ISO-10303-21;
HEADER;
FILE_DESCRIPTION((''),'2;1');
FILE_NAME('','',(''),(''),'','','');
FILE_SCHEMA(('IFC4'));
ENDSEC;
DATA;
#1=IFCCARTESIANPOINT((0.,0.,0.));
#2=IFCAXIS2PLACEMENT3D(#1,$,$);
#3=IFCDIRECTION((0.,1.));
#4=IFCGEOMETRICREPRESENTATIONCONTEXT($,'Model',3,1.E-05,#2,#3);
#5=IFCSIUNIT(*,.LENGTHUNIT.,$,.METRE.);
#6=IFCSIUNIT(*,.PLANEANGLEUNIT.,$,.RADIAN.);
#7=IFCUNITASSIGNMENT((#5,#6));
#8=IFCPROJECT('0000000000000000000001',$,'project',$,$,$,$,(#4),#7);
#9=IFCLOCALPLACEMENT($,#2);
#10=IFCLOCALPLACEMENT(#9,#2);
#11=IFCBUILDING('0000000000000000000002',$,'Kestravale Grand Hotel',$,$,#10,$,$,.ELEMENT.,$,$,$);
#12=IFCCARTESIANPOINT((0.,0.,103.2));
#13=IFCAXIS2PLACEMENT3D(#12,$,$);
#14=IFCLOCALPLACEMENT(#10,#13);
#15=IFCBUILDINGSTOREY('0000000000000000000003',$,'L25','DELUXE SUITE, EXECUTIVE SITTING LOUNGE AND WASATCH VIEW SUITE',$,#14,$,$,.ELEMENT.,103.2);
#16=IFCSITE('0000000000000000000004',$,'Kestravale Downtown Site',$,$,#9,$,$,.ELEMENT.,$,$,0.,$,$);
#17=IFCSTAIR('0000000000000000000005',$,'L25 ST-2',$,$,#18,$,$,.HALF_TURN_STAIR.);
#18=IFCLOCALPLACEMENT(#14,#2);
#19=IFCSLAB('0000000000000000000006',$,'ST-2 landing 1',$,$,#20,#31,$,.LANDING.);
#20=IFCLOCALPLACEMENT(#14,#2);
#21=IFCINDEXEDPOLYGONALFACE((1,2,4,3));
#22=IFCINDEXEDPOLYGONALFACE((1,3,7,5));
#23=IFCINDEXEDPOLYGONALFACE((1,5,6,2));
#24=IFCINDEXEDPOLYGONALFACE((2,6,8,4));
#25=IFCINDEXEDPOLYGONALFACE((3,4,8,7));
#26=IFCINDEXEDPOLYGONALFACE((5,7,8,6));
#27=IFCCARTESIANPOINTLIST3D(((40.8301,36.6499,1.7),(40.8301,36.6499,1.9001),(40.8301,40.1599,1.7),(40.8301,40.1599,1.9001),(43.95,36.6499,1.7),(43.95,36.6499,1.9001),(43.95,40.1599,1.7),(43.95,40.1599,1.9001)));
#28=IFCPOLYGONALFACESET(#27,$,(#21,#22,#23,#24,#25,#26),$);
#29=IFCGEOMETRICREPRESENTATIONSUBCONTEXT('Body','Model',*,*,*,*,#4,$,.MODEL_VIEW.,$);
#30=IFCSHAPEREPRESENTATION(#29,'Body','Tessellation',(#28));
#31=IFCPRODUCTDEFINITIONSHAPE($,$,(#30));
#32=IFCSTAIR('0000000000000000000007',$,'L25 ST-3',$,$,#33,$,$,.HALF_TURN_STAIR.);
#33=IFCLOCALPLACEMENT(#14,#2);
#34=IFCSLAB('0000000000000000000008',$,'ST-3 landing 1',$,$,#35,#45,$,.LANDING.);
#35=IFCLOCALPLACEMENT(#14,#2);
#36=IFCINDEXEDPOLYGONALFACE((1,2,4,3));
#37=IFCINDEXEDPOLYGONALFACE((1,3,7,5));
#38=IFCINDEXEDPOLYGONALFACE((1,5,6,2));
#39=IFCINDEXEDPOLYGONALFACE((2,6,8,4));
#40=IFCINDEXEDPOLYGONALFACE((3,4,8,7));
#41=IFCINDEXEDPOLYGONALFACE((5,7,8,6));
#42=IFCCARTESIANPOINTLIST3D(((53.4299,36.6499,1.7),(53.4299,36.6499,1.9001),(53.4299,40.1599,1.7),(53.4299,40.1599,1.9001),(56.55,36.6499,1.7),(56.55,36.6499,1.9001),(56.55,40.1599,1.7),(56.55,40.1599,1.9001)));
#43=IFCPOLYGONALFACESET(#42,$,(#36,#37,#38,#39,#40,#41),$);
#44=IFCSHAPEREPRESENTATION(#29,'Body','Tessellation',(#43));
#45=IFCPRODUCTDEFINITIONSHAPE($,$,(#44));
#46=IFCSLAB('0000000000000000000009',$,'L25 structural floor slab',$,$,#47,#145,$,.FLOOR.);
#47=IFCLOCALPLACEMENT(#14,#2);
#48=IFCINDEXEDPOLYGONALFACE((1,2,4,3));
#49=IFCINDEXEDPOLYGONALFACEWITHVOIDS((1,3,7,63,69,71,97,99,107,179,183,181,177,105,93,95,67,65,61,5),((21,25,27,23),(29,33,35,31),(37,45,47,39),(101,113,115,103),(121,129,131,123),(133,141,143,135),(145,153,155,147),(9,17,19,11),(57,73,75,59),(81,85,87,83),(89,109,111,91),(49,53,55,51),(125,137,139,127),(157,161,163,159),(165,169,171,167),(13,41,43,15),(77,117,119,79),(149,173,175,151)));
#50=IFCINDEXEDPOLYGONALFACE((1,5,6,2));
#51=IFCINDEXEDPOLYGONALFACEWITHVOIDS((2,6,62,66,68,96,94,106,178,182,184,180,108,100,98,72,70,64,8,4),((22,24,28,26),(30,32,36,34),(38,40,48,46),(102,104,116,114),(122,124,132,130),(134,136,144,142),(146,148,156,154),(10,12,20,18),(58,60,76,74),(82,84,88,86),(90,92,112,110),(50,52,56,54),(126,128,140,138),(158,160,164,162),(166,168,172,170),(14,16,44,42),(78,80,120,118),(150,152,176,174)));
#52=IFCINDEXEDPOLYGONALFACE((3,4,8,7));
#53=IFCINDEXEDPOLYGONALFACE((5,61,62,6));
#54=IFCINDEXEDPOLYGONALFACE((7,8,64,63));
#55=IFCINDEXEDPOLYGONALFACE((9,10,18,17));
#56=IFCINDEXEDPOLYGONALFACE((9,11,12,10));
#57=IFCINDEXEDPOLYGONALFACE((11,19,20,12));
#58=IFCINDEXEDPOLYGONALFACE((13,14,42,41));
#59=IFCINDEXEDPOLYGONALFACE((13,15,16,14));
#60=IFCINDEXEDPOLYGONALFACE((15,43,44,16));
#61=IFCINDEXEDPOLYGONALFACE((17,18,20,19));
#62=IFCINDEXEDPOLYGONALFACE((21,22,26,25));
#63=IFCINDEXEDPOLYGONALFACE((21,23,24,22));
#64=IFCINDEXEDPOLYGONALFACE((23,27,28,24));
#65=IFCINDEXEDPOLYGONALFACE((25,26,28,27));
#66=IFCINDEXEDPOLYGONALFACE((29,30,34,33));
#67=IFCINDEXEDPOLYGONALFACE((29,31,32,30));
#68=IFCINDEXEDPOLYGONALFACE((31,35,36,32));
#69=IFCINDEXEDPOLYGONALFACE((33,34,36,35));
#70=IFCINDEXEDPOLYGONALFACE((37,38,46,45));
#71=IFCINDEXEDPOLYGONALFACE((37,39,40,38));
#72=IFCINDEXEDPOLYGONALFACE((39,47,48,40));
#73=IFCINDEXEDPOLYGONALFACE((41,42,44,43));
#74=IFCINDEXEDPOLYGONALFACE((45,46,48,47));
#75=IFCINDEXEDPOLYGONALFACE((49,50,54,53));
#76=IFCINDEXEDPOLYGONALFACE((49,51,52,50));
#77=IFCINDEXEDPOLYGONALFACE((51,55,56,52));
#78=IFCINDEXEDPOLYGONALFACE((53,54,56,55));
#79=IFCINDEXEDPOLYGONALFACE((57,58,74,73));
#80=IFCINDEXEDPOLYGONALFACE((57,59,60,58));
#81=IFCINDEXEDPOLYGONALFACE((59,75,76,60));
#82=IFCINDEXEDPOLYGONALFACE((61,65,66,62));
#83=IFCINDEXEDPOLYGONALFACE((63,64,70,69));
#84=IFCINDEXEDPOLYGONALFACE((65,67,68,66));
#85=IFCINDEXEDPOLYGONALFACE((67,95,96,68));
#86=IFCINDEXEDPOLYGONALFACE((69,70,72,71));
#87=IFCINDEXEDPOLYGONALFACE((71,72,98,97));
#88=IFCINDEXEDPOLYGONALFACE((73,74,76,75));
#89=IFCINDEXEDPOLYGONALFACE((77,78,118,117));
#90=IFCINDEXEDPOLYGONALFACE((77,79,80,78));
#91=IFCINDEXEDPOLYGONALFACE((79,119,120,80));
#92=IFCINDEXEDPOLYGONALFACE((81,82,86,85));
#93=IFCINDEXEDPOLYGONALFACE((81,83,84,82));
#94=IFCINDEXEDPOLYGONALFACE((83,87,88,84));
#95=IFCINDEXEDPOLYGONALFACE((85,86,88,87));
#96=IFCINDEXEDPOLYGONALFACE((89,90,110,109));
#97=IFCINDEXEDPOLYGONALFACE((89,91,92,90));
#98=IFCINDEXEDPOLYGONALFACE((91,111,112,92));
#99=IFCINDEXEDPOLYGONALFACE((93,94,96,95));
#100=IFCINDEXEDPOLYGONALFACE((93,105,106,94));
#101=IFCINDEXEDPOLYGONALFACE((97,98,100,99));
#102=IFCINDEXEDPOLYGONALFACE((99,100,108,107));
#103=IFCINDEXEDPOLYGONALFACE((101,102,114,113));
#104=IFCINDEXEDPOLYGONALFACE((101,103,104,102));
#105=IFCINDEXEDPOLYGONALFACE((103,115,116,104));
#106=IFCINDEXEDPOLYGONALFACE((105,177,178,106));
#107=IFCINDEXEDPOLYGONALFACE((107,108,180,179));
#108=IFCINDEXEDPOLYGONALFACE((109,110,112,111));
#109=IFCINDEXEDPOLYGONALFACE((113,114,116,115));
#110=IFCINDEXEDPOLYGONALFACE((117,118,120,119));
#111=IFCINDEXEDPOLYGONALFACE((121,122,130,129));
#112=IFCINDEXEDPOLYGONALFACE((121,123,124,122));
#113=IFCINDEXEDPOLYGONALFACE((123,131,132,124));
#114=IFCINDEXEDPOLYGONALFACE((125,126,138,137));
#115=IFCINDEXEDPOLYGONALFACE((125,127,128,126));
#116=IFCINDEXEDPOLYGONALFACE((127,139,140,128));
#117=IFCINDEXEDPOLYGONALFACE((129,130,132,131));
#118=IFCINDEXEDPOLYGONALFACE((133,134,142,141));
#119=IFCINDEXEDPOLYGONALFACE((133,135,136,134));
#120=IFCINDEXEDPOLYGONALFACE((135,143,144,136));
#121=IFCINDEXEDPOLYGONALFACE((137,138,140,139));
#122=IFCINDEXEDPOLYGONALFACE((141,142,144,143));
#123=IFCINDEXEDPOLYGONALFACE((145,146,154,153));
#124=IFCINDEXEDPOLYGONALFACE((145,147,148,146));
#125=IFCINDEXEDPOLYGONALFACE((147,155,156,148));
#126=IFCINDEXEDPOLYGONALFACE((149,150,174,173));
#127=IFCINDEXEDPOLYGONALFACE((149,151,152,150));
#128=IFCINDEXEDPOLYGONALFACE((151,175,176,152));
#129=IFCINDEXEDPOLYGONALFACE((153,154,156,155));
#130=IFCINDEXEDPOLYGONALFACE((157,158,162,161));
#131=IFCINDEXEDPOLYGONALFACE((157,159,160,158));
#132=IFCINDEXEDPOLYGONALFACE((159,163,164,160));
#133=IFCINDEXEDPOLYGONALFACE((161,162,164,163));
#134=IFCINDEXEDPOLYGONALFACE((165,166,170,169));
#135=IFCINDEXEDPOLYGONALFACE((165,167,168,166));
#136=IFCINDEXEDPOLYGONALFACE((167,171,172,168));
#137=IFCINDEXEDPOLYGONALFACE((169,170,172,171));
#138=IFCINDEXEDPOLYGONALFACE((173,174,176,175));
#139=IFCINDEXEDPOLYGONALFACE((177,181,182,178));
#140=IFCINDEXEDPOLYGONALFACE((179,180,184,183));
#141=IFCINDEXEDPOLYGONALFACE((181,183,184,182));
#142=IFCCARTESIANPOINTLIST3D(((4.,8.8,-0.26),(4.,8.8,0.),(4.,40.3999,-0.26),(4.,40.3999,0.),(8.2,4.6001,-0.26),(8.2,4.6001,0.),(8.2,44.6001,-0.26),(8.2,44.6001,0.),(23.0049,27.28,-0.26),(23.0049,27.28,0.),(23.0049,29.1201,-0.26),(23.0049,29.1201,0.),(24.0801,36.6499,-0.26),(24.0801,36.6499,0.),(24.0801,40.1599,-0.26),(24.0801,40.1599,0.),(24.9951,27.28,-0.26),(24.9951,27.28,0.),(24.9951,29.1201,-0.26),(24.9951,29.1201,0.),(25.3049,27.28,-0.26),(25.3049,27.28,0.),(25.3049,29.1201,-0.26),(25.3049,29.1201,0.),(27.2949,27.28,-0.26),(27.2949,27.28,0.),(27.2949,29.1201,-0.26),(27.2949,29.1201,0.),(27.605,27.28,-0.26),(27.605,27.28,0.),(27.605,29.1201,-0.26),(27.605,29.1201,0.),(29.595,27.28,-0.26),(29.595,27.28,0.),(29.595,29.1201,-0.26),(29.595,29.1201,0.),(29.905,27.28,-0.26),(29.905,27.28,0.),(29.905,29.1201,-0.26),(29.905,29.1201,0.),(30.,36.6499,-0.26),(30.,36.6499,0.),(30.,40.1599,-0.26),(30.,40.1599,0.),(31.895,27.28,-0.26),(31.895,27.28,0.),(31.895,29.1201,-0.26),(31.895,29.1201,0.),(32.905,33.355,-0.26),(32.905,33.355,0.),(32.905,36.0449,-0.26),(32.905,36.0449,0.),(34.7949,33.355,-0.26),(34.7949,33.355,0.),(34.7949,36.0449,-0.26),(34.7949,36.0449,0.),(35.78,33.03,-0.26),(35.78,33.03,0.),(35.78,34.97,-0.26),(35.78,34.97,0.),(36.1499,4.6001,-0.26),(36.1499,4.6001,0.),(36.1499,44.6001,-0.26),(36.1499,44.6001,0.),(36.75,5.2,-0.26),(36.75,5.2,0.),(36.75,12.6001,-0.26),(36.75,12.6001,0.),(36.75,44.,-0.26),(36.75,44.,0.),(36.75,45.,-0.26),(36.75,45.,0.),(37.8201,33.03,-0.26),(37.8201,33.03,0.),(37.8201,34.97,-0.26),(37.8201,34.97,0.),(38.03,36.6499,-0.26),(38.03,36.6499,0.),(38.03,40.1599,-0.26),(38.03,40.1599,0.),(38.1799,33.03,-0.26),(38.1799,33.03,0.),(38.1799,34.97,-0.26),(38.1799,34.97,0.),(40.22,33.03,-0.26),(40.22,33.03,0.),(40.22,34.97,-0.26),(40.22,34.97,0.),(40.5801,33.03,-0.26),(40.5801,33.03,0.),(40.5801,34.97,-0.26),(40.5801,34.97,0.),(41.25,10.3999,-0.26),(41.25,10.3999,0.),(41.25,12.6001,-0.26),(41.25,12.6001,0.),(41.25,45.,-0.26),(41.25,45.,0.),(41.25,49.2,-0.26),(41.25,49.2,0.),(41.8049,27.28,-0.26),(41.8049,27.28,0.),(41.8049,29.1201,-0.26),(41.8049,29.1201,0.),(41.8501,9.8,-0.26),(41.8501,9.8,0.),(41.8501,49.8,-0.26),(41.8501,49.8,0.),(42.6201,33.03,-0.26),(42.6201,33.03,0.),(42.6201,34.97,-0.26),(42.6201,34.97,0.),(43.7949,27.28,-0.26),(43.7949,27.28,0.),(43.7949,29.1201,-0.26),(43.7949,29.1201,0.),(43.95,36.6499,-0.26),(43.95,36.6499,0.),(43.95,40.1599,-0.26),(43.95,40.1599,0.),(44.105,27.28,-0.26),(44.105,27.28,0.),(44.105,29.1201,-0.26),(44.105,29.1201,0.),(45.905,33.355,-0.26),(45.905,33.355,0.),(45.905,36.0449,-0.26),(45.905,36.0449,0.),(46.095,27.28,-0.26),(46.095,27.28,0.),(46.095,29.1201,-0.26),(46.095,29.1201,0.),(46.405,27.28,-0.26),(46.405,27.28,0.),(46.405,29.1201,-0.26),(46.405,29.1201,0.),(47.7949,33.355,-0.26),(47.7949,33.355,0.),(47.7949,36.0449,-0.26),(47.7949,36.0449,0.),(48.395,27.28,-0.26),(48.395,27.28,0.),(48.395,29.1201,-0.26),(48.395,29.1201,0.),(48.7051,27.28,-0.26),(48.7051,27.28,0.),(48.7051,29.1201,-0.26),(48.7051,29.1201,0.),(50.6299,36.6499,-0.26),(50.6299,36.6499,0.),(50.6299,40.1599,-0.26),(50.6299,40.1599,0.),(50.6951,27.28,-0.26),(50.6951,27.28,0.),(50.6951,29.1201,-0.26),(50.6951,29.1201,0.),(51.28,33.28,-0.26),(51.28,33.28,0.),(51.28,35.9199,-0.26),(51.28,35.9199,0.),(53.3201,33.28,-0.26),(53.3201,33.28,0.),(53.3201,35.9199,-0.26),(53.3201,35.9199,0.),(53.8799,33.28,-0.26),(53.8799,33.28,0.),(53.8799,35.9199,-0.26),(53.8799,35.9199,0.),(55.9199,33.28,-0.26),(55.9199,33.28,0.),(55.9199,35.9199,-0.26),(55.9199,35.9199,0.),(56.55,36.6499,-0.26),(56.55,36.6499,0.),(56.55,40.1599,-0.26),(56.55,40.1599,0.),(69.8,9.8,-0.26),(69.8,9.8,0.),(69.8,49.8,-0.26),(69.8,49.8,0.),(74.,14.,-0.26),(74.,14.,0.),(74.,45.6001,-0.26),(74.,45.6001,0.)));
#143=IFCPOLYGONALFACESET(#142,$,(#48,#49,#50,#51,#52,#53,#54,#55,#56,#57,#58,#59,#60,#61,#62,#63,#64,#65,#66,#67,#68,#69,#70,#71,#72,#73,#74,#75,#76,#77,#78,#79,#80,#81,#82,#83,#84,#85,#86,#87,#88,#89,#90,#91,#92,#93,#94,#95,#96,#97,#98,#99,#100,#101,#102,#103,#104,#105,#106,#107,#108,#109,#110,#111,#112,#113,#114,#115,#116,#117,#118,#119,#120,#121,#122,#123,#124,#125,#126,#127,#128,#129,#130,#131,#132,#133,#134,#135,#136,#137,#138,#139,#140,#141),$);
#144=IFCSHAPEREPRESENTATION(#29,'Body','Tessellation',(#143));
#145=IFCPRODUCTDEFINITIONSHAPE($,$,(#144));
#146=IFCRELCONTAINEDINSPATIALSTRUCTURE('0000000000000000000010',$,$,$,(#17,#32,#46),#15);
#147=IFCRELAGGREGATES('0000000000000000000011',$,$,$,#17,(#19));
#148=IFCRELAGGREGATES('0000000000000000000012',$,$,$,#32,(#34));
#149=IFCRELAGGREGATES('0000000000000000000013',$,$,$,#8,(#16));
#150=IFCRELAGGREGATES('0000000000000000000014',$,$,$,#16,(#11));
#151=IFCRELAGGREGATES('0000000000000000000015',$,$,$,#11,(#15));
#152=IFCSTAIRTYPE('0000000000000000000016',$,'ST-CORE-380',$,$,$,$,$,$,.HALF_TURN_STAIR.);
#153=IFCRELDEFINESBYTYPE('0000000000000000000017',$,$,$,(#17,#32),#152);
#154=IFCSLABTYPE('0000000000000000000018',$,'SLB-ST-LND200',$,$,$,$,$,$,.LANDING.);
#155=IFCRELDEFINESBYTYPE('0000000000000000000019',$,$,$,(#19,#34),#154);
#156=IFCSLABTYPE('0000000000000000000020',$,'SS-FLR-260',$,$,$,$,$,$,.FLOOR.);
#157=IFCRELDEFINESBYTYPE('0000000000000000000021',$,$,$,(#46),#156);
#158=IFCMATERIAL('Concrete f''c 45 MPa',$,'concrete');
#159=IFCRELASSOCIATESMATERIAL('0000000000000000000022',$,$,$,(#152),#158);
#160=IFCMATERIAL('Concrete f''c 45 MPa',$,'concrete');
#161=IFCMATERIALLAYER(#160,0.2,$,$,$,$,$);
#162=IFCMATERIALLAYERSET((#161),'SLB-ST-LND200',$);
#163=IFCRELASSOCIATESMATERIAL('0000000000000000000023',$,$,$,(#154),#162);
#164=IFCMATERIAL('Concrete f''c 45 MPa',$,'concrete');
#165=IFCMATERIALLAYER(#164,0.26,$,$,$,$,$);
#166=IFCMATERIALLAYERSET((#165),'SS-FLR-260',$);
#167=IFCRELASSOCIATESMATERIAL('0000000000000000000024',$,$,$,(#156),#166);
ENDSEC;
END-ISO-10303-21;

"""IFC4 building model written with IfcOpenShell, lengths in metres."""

from ifc_helpers import new_model, si_unit, direction, frame, origin, place, context, subcontext, project, spatial, polyline, outline, extrude, material, layer, layer_set, type_object, element, aggregate, save


model = new_model("IFC4")

# Units and contexts
model_context = context("Model", 3, precision=1e-05, world=origin(), true_north=direction((0.0, 1.0)))
body_context = subcontext(model_context, "Body", "Model", "MODEL_VIEW")
ifc_project = project(units=[si_unit("LENGTHUNIT", "METRE"), si_unit("PLANEANGLEUNIT", "RADIAN")], contexts=[model_context])

# Site, building, storey
site_placement = place(None, origin())
site = spatial("IfcSite", under=ifc_project, at=site_placement, Name="Kestravale Downtown Site", CompositionType="ELEMENT", RefElevation=0.0)
building_placement = place(site_placement, origin())
building = spatial("IfcBuilding", under=site, at=building_placement, Name="Kestravale Grand Hotel", CompositionType="ELEMENT")
storey_placement = place(building_placement, frame((0.0, 0.0, 103.2)))
storey = spatial("IfcBuildingStorey", under=building, at=storey_placement, Name="L25", Description="DELUXE SUITE, EXECUTIVE SITTING LOUNGE AND WASATCH VIEW SUITE", CompositionType="ELEMENT", Elevation=103.2)

# Stairs, slabs
ifc_material_1 = material(Name="Concrete f'c 45 MPa", Category="concrete")
stair_type = type_object("IfcStairType", Name="ST-CORE-380", PredefinedType="HALF_TURN_STAIR", material=ifc_material_1)
ifc_material_2 = material(Name="Concrete f'c 45 MPa", Category="concrete")
ifc_layer_1 = layer(ifc_material_2, 0.2)
ifc_layer_set_1 = layer_set([ifc_layer_1], Name="SLB-ST-LND200")
slab_type_1 = type_object("IfcSlabType", Name="SLB-ST-LND200", PredefinedType="LANDING", material=ifc_layer_set_1)
stair_1_placement = place(storey_placement, origin())
stair_1 = element("IfcStair", 1, at=stair_1_placement, inside=storey, type_object=stair_type, Name="L25 ST-2", PredefinedType="HALF_TURN_STAIR")
slab_1_placement = place(storey_placement, frame((0.0, 0.0, 1.7)))
slab_1 = element("IfcSlab", 2, at=slab_1_placement, type_object=slab_type_1, Name="ST-2 landing 1", PredefinedType="LANDING", context=body_context, shape_type="SweptSolid", body=[
    extrude(outline(polyline([(40.8301, 36.6499), (43.95, 36.6499), (43.95, 40.1599), (40.8301, 40.1599), (40.8301, 36.6499)])), origin(), (0.0, 0.0, 1.0), 0.2002),
])
aggregate(stair_1, [slab_1])
stair_2_placement = place(storey_placement, origin())
stair_2 = element("IfcStair", 3, at=stair_2_placement, inside=storey, type_object=stair_type, Name="L25 ST-3", PredefinedType="HALF_TURN_STAIR")
slab_2_placement = place(storey_placement, frame((0.0, 0.0, 1.7)))
slab_2 = element("IfcSlab", 4, at=slab_2_placement, type_object=slab_type_1, Name="ST-3 landing 1", PredefinedType="LANDING", context=body_context, shape_type="SweptSolid", body=[
    extrude(outline(polyline([(53.4299, 36.6499), (56.55, 36.6499), (56.55, 40.1599), (53.4299, 40.1599), (53.4299, 36.6499)])), origin(), (0.0, 0.0, 1.0), 0.2002),
])
aggregate(stair_2, [slab_2])

# Slab
ifc_material_3 = material(Name="Concrete f'c 45 MPa", Category="concrete")
ifc_layer_2 = layer(ifc_material_3, 0.26)
ifc_layer_set_2 = layer_set([ifc_layer_2], Name="SS-FLR-260")
slab_type_2 = type_object("IfcSlabType", Name="SS-FLR-260", PredefinedType="FLOOR", material=ifc_layer_set_2)
slab_3_placement = place(storey_placement, frame((0.0, 0.0, -0.26)))
element("IfcSlab", 5, at=slab_3_placement, inside=storey, type_object=slab_type_2, Name="L25 structural floor slab", PredefinedType="FLOOR", context=body_context, shape_type="SweptSolid", body=[
    extrude(outline(polyline([(8.2, 4.6001), (36.1499, 4.6001), (36.75, 5.2), (36.75, 12.6001), (41.25, 12.6001), (41.25, 10.3999), (41.8501, 9.8), (69.8, 9.8), (74.0, 14.0), (74.0, 45.6001), (69.8, 49.8), (41.8501, 49.8), (41.25, 49.2), (41.25, 45.0), (36.75, 45.0), (36.75, 44.0), (36.1499, 44.6001), (8.2, 44.6001), (4.0, 40.3999), (4.0, 8.8), (8.2, 4.6001)]), holes=[polyline([(24.0801, 36.6499), (30.0, 36.6499), (30.0, 40.1599), (24.0801, 40.1599), (24.0801, 36.6499)]), polyline([(38.03, 36.6499), (43.95, 36.6499), (43.95, 40.1599), (38.03, 40.1599), (38.03, 36.6499)]), polyline([(50.6299, 36.6499), (56.55, 36.6499), (56.55, 40.1599), (50.6299, 40.1599), (50.6299, 36.6499)]), polyline([(23.0049, 27.28), (24.9951, 27.28), (24.9951, 29.1201), (23.0049, 29.1201), (23.0049, 27.28)]), polyline([(25.3049, 27.28), (27.2949, 27.28), (27.2949, 29.1201), (25.3049, 29.1201), (25.3049, 27.28)]), polyline([(27.605, 27.28), (29.595, 27.28), (29.595, 29.1201), (27.605, 29.1201), (27.605, 27.28)]), polyline([(29.905, 27.28), (31.895, 27.28), (31.895, 29.1201), (29.905, 29.1201), (29.905, 27.28)]), polyline([(41.8049, 27.28), (43.7949, 27.28), (43.7949, 29.1201), (41.8049, 29.1201), (41.8049, 27.28)]), polyline([(44.105, 27.28), (46.095, 27.28), (46.095, 29.1201), (44.105, 29.1201), (44.105, 27.28)]), polyline([(46.405, 27.28), (48.395, 27.28), (48.395, 29.1201), (46.405, 29.1201), (46.405, 27.28)]), polyline([(48.7051, 27.28), (50.6951, 27.28), (50.6951, 29.1201), (48.7051, 29.1201), (48.7051, 27.28)]), polyline([(35.78, 33.03), (37.8201, 33.03), (37.8201, 34.97), (35.78, 34.97), (35.78, 33.03)]), polyline([(38.1799, 33.03), (40.22, 33.03), (40.22, 34.97), (38.1799, 34.97), (38.1799, 33.03)]), polyline([(40.5801, 33.03), (42.6201, 33.03), (42.6201, 34.97), (40.5801, 34.97), (40.5801, 33.03)]), polyline([(32.905, 33.355), (34.7949, 33.355), (34.7949, 36.0449), (32.905, 36.0449), (32.905, 33.355)]), polyline([(45.905, 33.355), (47.7949, 33.355), (47.7949, 36.0449), (45.905, 36.0449), (45.905, 33.355)]), polyline([(51.28, 33.28), (53.3201, 33.28), (53.3201, 35.9199), (51.28, 35.9199), (51.28, 33.28)]), polyline([(53.8799, 33.28), (55.9199, 33.28), (55.9199, 35.9199), (53.8799, 35.9199), (53.8799, 33.28)])]), origin(), (0.0, 0.0, 1.0), 0.26),
])

save(model, "model.ifc")
